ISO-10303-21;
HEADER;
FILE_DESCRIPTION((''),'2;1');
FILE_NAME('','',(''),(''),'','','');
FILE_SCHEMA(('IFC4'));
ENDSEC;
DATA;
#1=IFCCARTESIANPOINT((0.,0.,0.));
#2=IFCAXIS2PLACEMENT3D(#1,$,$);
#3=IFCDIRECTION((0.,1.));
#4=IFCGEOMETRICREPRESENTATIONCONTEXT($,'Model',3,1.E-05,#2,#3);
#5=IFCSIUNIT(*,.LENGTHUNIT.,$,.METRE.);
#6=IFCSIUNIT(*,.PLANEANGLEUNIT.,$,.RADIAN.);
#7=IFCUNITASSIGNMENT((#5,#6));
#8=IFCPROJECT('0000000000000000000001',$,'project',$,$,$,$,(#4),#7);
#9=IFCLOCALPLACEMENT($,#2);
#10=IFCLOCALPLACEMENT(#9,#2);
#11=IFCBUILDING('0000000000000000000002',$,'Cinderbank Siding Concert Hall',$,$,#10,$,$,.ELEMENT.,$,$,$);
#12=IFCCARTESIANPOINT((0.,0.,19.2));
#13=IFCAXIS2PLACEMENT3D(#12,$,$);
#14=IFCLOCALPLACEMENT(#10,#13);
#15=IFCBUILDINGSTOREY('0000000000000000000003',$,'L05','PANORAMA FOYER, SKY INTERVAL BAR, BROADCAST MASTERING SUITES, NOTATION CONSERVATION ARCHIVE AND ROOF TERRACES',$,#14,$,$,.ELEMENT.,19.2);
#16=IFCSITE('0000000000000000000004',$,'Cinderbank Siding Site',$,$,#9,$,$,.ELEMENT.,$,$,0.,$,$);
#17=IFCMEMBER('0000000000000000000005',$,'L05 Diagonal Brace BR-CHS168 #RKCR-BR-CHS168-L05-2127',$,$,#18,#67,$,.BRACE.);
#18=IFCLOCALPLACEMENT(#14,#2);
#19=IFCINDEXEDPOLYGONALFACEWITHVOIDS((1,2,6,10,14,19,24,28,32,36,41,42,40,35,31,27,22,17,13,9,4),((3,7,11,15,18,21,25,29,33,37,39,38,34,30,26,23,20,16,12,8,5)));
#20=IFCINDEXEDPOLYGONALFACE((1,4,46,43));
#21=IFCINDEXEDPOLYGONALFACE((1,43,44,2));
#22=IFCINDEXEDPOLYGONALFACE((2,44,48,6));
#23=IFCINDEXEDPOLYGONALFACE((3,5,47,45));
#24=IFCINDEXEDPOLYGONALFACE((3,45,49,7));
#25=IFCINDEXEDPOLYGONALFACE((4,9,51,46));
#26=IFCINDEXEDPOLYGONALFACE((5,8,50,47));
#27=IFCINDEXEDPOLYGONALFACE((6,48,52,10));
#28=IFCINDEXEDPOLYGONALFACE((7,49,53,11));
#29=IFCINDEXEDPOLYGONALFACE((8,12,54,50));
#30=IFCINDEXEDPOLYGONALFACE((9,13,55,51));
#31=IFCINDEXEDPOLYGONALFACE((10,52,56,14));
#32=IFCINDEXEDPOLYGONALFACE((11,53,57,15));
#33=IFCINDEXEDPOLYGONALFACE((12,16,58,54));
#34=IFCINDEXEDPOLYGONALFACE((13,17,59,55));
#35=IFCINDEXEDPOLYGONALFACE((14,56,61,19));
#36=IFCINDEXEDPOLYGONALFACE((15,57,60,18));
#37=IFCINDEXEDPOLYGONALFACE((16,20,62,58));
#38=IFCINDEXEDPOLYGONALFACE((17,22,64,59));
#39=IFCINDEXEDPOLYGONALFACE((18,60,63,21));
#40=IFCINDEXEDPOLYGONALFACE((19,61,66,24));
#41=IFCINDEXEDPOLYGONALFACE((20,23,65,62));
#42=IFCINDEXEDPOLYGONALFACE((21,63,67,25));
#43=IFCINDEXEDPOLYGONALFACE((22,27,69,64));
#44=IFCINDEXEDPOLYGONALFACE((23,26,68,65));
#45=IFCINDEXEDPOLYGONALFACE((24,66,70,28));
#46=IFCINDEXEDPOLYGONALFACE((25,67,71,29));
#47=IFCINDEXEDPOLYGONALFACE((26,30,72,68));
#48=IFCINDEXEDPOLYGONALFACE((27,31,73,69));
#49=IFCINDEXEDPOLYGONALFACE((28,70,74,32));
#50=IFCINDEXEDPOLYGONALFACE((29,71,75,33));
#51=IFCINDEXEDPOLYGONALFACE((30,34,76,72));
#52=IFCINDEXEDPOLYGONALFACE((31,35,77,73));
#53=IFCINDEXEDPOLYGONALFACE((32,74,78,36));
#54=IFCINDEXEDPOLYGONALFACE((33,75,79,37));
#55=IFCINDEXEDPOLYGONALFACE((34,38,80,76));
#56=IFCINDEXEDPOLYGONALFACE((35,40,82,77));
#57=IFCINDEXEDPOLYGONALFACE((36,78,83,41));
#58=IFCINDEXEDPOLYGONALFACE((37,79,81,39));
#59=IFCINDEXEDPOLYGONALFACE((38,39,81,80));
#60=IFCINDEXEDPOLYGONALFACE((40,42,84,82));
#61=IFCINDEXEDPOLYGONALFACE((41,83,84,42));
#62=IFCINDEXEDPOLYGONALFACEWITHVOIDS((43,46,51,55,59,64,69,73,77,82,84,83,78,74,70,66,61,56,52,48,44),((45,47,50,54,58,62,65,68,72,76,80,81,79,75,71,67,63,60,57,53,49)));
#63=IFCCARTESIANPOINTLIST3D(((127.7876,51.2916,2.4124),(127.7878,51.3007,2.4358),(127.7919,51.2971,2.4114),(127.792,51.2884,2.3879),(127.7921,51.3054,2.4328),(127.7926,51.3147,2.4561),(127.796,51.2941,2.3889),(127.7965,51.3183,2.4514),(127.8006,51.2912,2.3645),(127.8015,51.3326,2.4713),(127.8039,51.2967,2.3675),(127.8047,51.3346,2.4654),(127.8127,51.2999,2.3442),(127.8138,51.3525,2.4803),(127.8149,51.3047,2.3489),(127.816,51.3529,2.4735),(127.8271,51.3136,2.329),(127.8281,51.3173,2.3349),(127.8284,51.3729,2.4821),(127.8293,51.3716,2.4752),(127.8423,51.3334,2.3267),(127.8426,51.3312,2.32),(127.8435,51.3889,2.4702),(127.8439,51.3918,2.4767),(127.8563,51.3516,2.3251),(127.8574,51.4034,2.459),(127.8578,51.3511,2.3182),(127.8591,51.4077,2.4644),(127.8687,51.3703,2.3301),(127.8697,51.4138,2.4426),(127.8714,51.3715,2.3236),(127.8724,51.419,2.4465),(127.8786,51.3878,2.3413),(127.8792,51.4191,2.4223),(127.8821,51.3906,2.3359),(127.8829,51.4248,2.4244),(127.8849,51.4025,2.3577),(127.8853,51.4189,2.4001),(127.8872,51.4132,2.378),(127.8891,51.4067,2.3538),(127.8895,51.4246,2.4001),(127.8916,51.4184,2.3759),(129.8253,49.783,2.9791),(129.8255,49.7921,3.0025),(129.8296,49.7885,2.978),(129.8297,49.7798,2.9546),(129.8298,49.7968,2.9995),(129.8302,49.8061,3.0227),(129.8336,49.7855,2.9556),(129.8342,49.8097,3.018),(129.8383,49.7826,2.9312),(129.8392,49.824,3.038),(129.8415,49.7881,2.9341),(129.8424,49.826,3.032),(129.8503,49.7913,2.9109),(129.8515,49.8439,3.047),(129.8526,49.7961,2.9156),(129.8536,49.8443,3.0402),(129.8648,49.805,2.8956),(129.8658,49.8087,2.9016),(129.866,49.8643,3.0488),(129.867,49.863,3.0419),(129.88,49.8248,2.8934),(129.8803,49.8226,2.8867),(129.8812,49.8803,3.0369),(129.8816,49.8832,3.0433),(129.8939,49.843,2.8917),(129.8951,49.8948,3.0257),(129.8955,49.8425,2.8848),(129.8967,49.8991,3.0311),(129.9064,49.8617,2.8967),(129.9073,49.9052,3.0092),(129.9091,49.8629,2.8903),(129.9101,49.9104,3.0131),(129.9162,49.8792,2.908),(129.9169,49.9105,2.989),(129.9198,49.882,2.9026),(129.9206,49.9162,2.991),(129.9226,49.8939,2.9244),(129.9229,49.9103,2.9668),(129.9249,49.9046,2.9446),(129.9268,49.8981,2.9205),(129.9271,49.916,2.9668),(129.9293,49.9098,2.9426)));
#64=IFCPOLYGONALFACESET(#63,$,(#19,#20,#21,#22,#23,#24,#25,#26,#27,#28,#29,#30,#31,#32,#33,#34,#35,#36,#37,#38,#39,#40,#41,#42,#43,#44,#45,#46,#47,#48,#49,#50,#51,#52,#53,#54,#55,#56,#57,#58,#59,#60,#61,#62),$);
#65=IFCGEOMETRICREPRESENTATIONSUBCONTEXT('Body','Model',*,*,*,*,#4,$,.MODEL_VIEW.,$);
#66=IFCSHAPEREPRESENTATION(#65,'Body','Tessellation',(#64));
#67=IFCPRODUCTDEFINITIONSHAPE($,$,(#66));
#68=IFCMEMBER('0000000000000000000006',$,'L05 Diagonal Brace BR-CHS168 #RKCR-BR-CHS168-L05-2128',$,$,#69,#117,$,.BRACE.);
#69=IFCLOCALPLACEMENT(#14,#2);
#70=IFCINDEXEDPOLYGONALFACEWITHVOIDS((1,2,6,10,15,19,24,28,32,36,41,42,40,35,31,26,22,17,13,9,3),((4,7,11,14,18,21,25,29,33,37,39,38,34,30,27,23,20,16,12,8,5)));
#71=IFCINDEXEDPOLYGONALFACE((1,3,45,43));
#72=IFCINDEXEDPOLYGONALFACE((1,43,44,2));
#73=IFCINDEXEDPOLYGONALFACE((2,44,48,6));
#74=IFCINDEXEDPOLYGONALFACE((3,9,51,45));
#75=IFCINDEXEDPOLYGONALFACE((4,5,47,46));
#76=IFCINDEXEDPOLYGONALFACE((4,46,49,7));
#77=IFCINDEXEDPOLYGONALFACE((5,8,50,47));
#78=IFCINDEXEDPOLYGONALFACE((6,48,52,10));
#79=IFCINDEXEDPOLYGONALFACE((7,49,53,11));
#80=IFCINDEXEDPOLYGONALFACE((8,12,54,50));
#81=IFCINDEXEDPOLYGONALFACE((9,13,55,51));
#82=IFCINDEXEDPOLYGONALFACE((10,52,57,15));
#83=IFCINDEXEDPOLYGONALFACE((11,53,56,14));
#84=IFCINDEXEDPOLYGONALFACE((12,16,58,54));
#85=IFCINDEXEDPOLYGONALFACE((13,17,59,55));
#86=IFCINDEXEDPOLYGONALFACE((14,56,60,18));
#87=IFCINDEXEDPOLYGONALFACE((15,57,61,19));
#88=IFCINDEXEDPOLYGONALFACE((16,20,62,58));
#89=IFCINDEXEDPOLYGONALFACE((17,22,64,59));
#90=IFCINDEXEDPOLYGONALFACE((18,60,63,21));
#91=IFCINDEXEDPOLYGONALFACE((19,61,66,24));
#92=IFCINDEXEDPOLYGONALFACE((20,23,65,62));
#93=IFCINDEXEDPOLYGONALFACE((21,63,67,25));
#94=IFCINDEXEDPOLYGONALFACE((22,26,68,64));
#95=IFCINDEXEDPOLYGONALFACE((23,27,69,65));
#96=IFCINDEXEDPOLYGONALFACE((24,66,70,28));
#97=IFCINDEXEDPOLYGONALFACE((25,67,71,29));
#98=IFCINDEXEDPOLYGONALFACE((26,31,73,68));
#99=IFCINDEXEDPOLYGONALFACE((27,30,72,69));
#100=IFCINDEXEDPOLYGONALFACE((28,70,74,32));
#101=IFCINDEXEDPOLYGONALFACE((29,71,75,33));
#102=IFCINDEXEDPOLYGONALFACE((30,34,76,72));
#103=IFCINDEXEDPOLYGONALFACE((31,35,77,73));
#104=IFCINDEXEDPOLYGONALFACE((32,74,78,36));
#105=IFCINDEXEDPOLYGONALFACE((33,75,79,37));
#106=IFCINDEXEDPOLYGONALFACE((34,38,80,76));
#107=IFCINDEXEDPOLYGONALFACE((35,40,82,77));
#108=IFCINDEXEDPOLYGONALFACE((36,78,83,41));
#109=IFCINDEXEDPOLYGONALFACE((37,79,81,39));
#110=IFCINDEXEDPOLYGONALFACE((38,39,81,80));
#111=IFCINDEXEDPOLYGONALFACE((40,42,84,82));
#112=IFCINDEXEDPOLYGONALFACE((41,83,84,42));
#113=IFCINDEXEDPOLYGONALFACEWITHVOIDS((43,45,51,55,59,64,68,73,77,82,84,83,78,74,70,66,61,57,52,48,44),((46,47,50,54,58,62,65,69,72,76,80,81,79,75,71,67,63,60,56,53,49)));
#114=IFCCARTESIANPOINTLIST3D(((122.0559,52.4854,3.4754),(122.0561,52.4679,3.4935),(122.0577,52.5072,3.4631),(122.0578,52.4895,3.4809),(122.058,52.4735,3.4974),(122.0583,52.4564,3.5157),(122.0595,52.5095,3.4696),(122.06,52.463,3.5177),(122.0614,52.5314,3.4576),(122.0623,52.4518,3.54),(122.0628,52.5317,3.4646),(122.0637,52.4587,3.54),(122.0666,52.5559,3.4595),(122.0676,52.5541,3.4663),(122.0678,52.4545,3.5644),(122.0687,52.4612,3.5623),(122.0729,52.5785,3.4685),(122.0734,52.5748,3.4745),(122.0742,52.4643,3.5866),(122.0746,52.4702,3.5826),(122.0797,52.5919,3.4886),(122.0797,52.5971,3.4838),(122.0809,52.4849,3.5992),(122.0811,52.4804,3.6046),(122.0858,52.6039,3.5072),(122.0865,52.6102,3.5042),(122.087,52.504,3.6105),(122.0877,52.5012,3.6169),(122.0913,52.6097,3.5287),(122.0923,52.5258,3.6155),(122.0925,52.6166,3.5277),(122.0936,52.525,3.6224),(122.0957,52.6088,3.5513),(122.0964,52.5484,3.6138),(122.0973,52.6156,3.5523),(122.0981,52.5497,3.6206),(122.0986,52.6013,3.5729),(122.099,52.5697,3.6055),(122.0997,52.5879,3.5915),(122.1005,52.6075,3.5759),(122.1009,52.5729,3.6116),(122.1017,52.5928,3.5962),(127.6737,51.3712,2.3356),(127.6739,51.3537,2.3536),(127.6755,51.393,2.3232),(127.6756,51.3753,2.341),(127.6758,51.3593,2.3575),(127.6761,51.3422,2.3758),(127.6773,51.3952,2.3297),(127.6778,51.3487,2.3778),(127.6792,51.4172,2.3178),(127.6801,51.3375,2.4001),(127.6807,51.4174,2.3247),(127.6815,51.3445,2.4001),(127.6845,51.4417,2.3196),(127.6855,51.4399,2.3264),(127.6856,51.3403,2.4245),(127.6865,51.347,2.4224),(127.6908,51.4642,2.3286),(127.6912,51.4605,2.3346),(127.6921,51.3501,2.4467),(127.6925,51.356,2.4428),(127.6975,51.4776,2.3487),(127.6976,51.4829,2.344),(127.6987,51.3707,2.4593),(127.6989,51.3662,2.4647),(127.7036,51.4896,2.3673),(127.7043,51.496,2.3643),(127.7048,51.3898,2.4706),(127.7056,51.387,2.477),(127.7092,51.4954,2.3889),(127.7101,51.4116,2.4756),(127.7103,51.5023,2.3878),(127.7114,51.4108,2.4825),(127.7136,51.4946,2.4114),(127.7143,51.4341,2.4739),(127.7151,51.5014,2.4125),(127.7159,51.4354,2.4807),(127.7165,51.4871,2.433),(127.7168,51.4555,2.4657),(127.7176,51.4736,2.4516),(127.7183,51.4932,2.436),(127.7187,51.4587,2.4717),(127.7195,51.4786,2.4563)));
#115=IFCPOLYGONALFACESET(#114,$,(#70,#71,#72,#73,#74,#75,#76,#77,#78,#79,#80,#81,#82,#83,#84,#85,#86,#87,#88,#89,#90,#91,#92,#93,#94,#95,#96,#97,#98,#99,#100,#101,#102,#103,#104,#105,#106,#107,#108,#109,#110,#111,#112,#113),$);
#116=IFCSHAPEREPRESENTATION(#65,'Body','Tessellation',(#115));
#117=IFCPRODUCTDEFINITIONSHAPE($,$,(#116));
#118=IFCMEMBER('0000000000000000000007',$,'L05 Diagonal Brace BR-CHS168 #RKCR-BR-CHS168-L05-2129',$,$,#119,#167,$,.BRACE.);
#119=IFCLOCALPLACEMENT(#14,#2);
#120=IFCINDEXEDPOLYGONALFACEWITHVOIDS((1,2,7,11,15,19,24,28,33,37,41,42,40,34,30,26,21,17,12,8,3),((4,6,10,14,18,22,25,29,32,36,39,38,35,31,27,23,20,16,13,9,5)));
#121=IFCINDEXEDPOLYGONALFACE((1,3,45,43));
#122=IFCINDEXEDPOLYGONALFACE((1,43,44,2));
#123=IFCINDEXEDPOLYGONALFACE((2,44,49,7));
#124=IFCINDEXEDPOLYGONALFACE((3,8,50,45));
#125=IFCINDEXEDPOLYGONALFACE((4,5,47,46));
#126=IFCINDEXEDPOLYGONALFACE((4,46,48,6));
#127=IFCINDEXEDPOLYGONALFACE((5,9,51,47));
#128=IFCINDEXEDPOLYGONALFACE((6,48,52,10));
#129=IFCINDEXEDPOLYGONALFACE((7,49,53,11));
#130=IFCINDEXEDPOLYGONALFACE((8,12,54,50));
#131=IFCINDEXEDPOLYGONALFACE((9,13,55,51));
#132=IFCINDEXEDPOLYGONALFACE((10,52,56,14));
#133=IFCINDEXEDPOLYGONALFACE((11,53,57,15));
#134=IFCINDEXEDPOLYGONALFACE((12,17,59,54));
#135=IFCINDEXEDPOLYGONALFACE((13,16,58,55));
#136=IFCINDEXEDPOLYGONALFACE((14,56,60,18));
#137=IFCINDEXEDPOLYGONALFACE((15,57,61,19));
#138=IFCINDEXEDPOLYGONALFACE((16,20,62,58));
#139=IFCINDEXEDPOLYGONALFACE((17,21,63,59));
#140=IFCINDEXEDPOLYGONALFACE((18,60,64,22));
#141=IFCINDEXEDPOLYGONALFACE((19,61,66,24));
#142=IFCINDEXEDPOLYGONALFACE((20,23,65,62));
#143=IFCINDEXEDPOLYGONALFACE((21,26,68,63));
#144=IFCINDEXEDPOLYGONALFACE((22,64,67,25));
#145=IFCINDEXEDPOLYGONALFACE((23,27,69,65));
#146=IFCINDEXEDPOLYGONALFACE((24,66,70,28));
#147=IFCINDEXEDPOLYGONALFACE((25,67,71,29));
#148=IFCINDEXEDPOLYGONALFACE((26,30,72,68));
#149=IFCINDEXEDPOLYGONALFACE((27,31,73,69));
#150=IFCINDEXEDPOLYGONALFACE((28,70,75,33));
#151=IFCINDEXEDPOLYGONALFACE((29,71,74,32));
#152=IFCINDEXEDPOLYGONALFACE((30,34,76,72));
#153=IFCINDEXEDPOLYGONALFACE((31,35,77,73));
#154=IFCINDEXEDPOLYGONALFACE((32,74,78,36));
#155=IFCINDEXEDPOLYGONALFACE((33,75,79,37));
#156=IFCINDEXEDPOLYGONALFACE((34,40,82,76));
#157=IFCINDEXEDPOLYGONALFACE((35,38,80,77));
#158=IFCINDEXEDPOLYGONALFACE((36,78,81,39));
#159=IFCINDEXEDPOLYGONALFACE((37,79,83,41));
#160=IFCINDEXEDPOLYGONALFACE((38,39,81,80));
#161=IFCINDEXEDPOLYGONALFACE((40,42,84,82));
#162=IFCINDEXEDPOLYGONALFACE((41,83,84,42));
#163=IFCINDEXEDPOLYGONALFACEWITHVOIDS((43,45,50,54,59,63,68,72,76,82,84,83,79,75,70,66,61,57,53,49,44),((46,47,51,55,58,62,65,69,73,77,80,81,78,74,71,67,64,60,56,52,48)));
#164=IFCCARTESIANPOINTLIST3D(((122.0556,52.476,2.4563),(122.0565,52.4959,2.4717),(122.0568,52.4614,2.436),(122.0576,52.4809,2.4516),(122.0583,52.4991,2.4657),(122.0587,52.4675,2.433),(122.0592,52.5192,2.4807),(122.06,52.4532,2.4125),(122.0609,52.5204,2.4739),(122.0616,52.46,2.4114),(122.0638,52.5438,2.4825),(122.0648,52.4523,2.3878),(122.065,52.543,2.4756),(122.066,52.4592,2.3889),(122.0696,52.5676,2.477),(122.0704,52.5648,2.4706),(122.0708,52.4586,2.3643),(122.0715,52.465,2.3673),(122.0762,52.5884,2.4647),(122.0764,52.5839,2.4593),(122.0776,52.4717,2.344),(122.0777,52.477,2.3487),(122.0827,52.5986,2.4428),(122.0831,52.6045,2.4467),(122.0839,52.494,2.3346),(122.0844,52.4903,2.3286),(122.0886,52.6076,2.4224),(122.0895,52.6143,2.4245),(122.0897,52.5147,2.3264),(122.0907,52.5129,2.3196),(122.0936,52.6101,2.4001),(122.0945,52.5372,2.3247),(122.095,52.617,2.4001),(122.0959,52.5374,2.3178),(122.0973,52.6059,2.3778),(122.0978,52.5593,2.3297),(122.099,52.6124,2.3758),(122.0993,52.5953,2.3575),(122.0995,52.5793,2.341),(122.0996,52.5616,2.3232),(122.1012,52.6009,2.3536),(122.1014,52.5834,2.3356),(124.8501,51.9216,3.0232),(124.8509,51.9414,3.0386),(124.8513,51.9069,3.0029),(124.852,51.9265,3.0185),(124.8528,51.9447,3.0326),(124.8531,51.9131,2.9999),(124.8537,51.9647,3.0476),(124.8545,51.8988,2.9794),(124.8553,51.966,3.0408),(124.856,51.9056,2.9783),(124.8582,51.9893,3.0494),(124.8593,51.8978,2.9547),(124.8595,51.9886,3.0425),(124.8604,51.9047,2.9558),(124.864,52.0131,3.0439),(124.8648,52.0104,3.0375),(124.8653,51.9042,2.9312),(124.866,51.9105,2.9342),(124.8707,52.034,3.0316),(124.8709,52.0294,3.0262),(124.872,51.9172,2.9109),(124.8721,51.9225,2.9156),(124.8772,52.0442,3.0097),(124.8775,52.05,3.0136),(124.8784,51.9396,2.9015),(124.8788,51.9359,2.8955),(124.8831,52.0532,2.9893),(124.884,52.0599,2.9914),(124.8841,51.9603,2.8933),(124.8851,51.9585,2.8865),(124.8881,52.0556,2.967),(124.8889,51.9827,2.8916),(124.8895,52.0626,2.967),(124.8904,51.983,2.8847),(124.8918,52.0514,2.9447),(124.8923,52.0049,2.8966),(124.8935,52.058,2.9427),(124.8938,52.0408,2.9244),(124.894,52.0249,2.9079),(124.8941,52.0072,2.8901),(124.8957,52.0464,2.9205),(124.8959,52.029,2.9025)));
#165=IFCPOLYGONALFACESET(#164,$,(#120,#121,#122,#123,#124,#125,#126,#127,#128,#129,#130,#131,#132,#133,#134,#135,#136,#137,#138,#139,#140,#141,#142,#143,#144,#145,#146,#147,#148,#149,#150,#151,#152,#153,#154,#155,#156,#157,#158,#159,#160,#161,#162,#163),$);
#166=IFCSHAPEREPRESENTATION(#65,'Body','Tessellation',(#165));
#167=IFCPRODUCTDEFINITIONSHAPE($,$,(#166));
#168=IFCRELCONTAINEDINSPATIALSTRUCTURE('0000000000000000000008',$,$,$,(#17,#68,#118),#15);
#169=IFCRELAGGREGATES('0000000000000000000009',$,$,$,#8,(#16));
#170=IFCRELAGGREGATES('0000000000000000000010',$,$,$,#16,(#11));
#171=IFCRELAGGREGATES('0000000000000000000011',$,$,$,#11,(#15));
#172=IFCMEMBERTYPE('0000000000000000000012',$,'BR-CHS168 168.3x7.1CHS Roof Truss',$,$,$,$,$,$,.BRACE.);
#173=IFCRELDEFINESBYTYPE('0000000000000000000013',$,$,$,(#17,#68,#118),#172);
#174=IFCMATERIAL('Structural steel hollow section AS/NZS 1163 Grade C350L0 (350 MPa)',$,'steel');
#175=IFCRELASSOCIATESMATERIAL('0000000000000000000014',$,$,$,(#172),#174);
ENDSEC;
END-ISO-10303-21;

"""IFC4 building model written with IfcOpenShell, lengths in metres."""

from ifc_helpers import new_model, si_unit, direction, frame, origin, origin_2d, place, context, subcontext, project, spatial, hollow_circle, extrude, material, material_profile, profile_set, type_object, element, save


model = new_model("IFC4")

# Units and contexts
model_context = context("Model", 3, precision=1e-05, world=origin(), true_north=direction((0.0, 1.0)))
body_context = subcontext(model_context, "Body", "Model", "MODEL_VIEW")
ifc_project = project(units=[si_unit("LENGTHUNIT", "METRE"), si_unit("PLANEANGLEUNIT", "RADIAN")], contexts=[model_context])

# Site, building, storey
site_placement = place(None, origin())
site = spatial("IfcSite", under=ifc_project, at=site_placement, Name="Cinderbank Siding Site", CompositionType="ELEMENT", RefElevation=0.0)
building_placement = place(site_placement, origin())
building = spatial("IfcBuilding", under=site, at=building_placement, Name="Cinderbank Siding Concert Hall", CompositionType="ELEMENT")
storey_placement = place(building_placement, frame((0.0, 0.0, 19.2)))
storey = spatial("IfcBuildingStorey", under=building, at=storey_placement, Name="L05", Description="PANORAMA FOYER, SKY INTERVAL BAR, BROADCAST MASTERING SUITES, NOTATION CONSERVATION ARCHIVE AND ROOF TERRACES", CompositionType="ELEMENT", Elevation=19.2)

# Shared definitions
ifc_material_1 = material(Name="Structural steel hollow section AS/NZS 1163 Grade C350L0 (350 MPa)", Category="steel")

# Members
ifc_material_profile_1 = material_profile(ifc_material_1, hollow_circle(Radius=0.0842, WallThickness=0.0071, at=origin_2d()), Name="168.3x7.1CHS", Category="LoadBearing")
ifc_profile_set_1 = profile_set([ifc_material_profile_1], Name="Structural steel hollow section AS/NZS 1163 Grade C350L0 (350 MPa)")
member_type = type_object("IfcMemberType", Name="BR-CHS168 168.3x7.1CHS Roof Truss", PredefinedType="BRACE", material=ifc_profile_set_1)
member_1_placement = place(storey_placement, frame((127.8394, 51.3569, 2.4001), z_axis=(0.784353, -0.580699, 0.218126), x_axis=(0.595027, 0.803706, 0.0)))
element("IfcMember", 1, at=member_1_placement, inside=storey, type_object=member_type, Name="L05 Diagonal Brace BR-CHS168 #RKCR-BR-CHS168-L05-2127", PredefinedType="BRACE", context=body_context, shape_type="SweptSolid", body=[
    extrude(hollow_circle(Radius=0.0842, WallThickness=0.0071, at=origin_2d()), origin(), (0.0, 0.0, 1.0), 2.5979),
])
member_2_placement = place(storey_placement, frame((127.6965, 51.4202, 2.4001), z_axis=(-0.962024, 0.190808, 0.195198), x_axis=(-0.19455, -0.980893, 0.0)))
element("IfcMember", 2, at=member_2_placement, inside=storey, type_object=member_type, Name="L05 Diagonal Brace BR-CHS168 #RKCR-BR-CHS168-L05-2128", PredefinedType="BRACE", context=body_context, shape_type="SweptSolid", body=[
    extrude(hollow_circle(Radius=0.0842, WallThickness=0.0071, at=origin_2d()), origin(), (0.0, 0.0, 1.0), 5.8396),
])
member_3_placement = place(storey_placement, frame((122.0786, 52.5344, 2.4001), z_axis=(0.962018, -0.190874, 0.19516), x_axis=(0.194616, 0.980879, 0.0)))
element("IfcMember", 3, at=member_3_placement, inside=storey, type_object=member_type, Name="L05 Diagonal Brace BR-CHS168 #RKCR-BR-CHS168-L05-2129", PredefinedType="BRACE", context=body_context, shape_type="SweptSolid", body=[
    extrude(hollow_circle(Radius=0.0842, WallThickness=0.0071, at=origin_2d()), origin(), (0.0, 0.0, 1.0), 2.9048),
])

save(model, "model.ifc")
